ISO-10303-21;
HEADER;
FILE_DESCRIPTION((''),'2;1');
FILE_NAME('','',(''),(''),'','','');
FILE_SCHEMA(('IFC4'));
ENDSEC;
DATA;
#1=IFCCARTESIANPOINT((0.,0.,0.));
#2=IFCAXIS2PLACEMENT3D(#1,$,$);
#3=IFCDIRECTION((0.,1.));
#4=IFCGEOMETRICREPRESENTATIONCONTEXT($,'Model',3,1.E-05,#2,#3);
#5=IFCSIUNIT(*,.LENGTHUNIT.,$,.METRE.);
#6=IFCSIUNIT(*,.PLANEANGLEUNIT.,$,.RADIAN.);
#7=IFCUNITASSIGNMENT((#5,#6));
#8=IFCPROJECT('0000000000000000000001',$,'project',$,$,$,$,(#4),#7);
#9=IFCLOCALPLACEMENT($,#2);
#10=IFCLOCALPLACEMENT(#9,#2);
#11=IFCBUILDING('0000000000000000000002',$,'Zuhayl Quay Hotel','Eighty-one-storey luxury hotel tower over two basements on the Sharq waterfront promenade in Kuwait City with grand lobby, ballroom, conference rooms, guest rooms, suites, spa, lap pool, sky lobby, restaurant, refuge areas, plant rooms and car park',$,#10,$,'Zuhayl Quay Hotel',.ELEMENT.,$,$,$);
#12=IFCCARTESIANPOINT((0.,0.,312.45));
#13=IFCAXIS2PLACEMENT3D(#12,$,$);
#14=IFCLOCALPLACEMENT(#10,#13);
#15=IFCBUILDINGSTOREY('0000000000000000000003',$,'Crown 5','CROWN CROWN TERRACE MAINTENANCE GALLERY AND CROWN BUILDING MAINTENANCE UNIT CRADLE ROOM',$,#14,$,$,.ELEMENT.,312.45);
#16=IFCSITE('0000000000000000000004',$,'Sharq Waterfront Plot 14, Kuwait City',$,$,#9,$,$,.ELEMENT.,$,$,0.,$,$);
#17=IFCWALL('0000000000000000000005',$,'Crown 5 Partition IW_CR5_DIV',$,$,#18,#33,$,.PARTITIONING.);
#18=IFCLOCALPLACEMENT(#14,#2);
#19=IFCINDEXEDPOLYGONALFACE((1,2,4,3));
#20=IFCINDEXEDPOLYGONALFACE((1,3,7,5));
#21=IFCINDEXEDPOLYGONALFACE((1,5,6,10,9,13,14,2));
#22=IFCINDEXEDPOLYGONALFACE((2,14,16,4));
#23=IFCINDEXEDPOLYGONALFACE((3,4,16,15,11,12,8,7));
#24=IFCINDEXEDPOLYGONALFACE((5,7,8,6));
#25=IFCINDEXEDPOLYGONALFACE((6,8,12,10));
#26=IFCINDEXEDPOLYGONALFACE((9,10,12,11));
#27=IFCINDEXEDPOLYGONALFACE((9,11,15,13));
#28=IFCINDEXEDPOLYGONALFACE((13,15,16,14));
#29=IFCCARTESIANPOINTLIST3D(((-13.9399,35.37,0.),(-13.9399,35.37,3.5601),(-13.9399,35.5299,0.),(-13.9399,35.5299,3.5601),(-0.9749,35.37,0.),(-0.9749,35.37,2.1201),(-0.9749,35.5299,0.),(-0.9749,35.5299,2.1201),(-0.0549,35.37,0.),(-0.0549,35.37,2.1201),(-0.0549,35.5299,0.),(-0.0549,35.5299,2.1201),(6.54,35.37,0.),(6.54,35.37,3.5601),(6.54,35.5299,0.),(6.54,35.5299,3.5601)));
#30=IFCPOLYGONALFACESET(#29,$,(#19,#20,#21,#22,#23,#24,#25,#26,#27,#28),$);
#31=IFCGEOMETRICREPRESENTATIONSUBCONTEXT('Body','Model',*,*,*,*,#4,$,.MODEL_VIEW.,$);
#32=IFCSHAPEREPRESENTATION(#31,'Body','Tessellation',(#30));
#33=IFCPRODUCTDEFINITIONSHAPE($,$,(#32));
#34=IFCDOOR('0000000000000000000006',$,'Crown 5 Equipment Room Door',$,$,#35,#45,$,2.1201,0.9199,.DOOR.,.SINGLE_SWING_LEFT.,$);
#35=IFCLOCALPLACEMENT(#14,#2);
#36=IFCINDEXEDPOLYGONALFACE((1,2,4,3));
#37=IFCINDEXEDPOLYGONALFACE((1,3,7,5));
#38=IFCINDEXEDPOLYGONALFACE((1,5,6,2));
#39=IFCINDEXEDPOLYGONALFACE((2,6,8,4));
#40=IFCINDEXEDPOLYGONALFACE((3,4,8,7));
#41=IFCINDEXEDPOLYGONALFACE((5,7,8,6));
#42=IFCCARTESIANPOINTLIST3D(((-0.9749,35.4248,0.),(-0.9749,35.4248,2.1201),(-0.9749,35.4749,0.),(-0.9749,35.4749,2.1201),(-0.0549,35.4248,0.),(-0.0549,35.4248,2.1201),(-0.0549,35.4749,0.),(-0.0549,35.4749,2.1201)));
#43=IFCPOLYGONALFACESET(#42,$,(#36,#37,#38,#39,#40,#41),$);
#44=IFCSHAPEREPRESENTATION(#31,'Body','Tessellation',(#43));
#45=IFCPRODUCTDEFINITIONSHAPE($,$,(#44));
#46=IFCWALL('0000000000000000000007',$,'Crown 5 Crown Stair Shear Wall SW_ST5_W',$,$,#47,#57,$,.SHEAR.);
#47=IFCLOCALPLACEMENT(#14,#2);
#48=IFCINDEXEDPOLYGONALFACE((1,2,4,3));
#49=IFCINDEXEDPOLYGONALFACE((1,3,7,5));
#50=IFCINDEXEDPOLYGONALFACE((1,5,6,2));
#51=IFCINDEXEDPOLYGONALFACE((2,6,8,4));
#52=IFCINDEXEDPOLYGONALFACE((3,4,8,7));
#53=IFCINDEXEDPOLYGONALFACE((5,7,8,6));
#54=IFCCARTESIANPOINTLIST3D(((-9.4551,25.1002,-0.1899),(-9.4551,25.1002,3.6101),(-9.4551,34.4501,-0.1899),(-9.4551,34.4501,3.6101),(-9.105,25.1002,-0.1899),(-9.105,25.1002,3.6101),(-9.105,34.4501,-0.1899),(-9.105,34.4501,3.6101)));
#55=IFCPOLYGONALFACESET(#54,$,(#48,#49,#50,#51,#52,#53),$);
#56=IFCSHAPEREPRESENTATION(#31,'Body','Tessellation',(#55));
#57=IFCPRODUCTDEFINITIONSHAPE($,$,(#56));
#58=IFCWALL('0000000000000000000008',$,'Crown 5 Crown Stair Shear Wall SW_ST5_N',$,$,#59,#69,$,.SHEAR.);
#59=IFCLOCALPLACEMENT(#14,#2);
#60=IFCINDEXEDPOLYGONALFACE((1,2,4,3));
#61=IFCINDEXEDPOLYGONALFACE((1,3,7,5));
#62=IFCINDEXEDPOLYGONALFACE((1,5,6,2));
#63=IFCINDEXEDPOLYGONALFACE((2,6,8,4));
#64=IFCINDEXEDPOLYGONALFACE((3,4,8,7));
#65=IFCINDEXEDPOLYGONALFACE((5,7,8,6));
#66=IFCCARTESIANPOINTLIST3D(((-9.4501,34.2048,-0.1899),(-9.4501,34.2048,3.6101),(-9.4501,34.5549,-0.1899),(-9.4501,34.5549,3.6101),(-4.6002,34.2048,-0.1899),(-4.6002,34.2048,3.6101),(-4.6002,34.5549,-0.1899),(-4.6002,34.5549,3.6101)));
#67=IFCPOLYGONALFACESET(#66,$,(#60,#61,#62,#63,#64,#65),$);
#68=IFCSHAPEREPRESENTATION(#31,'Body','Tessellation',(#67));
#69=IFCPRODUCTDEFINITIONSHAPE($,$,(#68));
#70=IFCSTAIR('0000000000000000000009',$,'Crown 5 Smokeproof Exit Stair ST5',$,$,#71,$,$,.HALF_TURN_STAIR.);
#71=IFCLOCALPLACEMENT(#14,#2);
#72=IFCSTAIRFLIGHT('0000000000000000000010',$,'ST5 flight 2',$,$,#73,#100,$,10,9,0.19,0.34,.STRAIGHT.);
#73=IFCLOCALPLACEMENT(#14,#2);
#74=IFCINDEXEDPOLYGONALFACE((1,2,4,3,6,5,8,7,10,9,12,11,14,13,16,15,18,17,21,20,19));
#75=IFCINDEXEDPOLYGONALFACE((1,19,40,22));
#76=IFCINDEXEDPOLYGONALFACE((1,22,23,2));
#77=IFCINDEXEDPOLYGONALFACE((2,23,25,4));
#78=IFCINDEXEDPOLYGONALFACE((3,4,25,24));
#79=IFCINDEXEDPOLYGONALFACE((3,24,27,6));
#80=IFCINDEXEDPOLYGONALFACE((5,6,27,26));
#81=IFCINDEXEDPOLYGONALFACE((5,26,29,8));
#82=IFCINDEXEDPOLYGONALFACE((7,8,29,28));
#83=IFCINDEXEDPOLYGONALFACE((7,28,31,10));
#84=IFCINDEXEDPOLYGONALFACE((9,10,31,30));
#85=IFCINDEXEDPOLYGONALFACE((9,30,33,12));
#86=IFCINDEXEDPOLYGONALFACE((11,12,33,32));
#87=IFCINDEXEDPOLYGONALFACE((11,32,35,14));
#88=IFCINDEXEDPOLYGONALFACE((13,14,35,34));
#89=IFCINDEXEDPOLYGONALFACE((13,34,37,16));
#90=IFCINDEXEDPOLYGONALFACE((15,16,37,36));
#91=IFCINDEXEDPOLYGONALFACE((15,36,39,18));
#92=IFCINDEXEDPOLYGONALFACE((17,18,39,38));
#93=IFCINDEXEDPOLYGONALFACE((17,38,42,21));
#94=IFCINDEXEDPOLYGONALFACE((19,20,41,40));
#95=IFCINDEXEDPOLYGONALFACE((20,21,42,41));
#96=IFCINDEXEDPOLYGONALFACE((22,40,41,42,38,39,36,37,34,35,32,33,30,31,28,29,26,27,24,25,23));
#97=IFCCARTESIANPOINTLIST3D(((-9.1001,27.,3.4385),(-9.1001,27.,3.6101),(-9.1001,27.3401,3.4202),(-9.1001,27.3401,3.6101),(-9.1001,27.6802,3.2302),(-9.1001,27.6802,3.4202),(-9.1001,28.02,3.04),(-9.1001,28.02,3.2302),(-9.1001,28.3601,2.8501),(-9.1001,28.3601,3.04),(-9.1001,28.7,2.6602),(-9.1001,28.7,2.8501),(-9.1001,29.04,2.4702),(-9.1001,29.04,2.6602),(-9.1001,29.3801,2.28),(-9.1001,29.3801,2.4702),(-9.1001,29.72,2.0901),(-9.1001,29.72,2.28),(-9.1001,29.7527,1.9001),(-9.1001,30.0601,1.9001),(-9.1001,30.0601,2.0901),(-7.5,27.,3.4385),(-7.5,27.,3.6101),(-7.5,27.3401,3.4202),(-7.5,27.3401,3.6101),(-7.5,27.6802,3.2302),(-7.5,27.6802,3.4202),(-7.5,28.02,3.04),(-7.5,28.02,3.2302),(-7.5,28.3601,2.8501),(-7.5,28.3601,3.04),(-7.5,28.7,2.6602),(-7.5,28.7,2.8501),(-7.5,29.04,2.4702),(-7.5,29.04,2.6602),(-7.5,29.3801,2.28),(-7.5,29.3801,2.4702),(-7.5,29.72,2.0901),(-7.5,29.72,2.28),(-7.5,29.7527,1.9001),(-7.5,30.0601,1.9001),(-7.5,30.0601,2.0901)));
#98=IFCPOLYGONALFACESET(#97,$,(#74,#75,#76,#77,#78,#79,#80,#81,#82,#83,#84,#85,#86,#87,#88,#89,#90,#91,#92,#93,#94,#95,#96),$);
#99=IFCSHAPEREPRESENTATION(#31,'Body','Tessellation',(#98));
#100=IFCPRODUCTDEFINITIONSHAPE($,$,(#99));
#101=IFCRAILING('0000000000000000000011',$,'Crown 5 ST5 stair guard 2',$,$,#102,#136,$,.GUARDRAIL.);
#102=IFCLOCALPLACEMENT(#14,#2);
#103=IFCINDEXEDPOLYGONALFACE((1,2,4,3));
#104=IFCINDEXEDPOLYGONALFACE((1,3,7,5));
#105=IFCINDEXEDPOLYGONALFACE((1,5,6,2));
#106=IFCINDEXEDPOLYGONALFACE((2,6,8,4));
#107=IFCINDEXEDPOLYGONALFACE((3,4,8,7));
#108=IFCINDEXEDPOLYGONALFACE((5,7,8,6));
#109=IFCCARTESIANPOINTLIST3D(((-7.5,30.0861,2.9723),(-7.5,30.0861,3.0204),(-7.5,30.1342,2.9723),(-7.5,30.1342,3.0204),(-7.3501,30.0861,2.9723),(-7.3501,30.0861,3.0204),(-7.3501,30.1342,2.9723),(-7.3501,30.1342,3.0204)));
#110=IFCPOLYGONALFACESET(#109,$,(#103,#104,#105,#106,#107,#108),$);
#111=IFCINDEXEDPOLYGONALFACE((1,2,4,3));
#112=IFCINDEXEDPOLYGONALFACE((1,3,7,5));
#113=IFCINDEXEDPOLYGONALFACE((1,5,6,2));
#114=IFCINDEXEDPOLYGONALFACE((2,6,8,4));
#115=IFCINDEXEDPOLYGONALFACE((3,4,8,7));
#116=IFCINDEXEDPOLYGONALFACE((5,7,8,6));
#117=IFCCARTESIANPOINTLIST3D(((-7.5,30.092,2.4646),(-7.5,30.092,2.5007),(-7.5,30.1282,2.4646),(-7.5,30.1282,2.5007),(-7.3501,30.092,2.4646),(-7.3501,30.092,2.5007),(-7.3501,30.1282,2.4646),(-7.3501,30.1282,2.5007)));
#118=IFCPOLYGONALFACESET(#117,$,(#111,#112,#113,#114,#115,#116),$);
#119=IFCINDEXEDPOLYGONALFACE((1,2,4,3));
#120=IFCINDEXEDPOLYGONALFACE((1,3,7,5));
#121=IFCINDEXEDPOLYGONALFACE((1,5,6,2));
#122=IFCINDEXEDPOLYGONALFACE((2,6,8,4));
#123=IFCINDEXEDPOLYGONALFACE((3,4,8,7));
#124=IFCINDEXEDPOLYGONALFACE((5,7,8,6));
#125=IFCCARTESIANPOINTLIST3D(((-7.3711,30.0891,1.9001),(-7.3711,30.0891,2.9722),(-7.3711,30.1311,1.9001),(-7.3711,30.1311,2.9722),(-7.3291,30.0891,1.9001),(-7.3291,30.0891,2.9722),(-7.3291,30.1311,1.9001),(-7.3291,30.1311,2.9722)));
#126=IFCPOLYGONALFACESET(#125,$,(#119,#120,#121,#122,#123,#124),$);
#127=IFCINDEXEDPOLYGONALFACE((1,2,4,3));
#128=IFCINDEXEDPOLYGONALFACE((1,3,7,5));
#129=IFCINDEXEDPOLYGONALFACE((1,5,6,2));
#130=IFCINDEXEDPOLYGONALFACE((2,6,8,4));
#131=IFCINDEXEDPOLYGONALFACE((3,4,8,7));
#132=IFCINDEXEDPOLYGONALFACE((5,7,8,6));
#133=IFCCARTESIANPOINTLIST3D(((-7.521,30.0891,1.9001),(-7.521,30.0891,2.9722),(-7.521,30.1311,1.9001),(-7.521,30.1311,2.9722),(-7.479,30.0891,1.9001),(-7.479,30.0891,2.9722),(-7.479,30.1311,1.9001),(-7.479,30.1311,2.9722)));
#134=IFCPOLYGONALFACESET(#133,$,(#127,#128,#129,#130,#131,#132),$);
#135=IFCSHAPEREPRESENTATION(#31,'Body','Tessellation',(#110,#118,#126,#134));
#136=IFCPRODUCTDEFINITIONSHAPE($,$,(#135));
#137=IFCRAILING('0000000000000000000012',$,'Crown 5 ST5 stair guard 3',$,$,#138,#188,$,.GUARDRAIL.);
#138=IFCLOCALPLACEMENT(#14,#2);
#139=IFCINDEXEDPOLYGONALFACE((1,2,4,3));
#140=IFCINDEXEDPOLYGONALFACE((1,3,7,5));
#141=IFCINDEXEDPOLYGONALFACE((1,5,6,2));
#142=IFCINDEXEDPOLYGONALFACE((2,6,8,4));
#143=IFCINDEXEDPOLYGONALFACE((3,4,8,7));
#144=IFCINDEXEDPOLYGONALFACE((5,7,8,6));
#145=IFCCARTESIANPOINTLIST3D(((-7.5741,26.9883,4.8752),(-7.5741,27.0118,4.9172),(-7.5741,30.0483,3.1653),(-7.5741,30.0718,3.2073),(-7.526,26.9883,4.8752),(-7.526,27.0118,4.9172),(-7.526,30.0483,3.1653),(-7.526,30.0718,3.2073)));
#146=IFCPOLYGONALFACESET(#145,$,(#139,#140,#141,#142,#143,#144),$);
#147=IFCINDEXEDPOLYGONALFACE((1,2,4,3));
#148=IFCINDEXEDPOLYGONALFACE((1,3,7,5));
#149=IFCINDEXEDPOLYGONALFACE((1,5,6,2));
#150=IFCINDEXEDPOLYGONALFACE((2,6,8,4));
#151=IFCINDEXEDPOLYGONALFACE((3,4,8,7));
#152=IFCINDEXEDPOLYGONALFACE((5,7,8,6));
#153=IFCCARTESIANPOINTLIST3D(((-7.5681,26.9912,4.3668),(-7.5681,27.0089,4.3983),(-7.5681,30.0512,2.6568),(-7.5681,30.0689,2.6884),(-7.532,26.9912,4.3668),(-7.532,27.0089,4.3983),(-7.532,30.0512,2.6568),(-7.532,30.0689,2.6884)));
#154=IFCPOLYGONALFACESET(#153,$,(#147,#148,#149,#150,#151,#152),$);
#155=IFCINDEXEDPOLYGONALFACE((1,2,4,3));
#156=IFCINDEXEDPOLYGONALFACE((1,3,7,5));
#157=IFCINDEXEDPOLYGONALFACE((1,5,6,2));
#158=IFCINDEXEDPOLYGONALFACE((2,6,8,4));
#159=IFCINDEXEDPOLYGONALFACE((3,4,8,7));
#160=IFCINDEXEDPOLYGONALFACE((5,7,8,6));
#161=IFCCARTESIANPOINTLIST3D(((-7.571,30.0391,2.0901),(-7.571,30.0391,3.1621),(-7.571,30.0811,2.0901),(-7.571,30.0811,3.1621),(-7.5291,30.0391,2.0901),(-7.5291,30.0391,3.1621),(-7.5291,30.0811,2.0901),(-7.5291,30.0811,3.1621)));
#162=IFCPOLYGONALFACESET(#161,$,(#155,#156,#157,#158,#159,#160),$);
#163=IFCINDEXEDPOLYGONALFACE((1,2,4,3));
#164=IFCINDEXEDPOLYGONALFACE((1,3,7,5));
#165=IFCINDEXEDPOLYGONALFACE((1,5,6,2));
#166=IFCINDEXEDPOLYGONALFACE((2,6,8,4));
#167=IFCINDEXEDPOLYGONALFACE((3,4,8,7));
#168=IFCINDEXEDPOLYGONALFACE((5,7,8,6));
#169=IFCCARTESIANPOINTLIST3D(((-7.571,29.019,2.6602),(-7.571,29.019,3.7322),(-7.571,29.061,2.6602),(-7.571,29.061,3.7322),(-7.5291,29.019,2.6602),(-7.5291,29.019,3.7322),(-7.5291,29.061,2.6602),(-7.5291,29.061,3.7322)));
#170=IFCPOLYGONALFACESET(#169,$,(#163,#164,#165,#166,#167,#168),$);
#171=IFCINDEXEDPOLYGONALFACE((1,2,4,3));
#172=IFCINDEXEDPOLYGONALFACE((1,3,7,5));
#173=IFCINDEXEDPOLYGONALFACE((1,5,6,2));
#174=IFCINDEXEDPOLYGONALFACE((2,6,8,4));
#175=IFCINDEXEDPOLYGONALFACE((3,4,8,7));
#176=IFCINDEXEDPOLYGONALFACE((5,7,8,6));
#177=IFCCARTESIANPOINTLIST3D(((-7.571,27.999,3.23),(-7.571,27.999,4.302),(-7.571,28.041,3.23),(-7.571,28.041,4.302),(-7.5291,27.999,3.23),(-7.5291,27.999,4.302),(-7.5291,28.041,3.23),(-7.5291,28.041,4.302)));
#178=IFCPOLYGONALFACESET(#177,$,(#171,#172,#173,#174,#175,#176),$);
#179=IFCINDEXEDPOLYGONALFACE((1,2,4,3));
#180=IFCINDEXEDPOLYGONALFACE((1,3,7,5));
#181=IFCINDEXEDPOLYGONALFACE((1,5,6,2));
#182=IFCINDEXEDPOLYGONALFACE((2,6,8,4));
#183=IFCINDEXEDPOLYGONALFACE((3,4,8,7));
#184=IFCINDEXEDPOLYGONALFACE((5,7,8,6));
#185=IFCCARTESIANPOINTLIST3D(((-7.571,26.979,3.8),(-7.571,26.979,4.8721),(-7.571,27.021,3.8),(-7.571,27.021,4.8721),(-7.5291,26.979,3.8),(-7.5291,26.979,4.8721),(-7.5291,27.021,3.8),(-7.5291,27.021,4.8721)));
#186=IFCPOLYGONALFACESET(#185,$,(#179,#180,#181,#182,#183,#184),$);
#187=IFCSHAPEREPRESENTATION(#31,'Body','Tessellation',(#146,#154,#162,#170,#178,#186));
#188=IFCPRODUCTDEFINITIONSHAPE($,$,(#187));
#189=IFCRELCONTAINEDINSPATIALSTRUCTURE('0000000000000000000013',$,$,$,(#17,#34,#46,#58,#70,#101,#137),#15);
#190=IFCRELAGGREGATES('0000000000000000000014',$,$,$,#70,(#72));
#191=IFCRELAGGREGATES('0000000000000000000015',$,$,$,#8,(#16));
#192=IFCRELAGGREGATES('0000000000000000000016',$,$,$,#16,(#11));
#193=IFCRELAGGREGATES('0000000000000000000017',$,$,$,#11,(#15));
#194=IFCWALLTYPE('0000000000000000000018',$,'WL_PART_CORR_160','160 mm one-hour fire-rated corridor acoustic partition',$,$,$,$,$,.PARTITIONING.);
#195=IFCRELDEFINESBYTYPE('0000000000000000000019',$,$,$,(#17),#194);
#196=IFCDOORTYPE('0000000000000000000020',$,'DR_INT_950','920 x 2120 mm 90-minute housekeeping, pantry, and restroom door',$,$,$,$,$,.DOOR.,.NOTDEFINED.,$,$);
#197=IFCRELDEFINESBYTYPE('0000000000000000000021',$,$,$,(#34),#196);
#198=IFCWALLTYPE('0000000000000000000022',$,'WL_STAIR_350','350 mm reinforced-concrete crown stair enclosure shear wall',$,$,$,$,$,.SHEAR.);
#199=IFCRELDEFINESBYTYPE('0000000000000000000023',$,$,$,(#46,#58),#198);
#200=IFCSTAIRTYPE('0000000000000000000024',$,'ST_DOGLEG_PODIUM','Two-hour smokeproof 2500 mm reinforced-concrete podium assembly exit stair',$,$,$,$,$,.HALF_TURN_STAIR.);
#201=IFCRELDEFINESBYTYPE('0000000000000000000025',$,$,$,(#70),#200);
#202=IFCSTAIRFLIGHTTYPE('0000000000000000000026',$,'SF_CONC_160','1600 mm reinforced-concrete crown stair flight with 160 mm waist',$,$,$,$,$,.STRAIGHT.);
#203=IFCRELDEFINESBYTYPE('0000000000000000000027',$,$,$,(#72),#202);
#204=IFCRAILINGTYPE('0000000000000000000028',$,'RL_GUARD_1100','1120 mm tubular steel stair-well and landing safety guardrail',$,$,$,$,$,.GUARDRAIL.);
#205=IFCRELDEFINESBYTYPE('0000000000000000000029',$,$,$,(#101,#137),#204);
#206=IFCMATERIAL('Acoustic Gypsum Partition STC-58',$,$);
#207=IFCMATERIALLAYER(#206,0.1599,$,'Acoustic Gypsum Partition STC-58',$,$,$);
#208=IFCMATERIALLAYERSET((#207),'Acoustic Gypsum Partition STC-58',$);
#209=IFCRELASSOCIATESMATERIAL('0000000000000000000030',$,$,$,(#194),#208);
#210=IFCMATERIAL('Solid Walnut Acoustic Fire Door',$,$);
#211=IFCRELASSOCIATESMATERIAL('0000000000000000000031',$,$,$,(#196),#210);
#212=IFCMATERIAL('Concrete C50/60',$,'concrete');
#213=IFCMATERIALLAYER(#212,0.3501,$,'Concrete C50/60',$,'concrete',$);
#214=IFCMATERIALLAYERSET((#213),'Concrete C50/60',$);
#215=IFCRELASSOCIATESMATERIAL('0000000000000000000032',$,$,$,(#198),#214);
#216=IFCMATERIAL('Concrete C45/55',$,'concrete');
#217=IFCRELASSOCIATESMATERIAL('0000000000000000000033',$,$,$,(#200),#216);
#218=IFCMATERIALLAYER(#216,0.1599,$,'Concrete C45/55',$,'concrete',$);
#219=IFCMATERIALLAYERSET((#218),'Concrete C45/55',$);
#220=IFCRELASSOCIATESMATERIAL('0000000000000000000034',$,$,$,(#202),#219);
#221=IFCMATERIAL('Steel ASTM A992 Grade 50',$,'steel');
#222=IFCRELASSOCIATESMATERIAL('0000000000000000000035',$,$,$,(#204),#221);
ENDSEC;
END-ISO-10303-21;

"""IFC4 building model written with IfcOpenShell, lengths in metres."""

from ifc_helpers import new_model, si_unit, direction, frame, frame_2d, origin, origin_2d, place, context, subcontext, project, spatial, polyline, rectangle, outline, extrude, material, layer, layer_set, type_object, element, fill, aggregate, save


model = new_model("IFC4")

# Units and contexts
model_context = context("Model", 3, precision=1e-05, world=origin(), true_north=direction((0.0, 1.0)))
body_context = subcontext(model_context, "Body", "Model", "MODEL_VIEW")
ifc_project = project(units=[si_unit("LENGTHUNIT", "METRE"), si_unit("PLANEANGLEUNIT", "RADIAN")], contexts=[model_context])

# Site, building, storey
site_placement = place(None, origin())
site = spatial("IfcSite", under=ifc_project, at=site_placement, Name="Sharq Waterfront Plot 14, Kuwait City", CompositionType="ELEMENT", RefElevation=0.0)
building_placement = place(site_placement, origin())
building = spatial("IfcBuilding", under=site, at=building_placement, Name="Zuhayl Quay Hotel", Description="Eighty-one-storey luxury hotel tower over two basements on the Sharq waterfront promenade in Kuwait City with grand lobby, ballroom, conference rooms, guest rooms, suites, spa, lap pool, sky lobby, restaurant, refuge areas, plant rooms and car park", LongName="Zuhayl Quay Hotel", CompositionType="ELEMENT")
storey_placement = place(building_placement, frame((0.0, 0.0, 312.45)))
storey = spatial("IfcBuildingStorey", under=building, at=storey_placement, Name="Crown 5", Description="CROWN CROWN TERRACE MAINTENANCE GALLERY AND CROWN BUILDING MAINTENANCE UNIT CRADLE ROOM", CompositionType="ELEMENT", Elevation=312.45)

# Shared definitions
ifc_material_1 = material(Name="Steel ASTM A992 Grade 50", Category="steel")

# Wall, opening, door
ifc_material_2 = material(Name="Acoustic Gypsum Partition STC-58")
ifc_layer_1 = layer(ifc_material_2, 0.1599, Name="Acoustic Gypsum Partition STC-58")
ifc_layer_set_1 = layer_set([ifc_layer_1], Name="Acoustic Gypsum Partition STC-58")
wall_type_1 = type_object("IfcWallType", Name="WL_PART_CORR_160", Description="160 mm one-hour fire-rated corridor acoustic partition", PredefinedType="PARTITIONING", material=ifc_layer_set_1)
wall_1_placement = place(storey_placement, frame((-13.9399, 35.45, 0.0), z_axis=(0.0, 0.0, 1.0), x_axis=(1.0, 0.0, 0.0)))
wall_1 = element("IfcWall", 1, at=wall_1_placement, inside=storey, type_object=wall_type_1, Name="Crown 5 Partition IW_CR5_DIV", PredefinedType="PARTITIONING", context=body_context, shape_type="SweptSolid", body=[
    extrude(rectangle(XDim=20.48, YDim=0.1599, at=frame_2d((10.24, 0.0))), origin(), (0.0, 0.0, 1.0), 3.5601),
])
opening_placement = place(wall_1_placement, frame((12.9651, 0.0, 0.0)))
opening = element("IfcOpeningElement", 2, at=opening_placement, cuts=wall_1, PredefinedType="OPENING", context=body_context, shape_type="SweptSolid", body=[
    extrude(rectangle(XDim=0.9199, YDim=2.1201, at=frame_2d((0.46, 1.0601))), frame((0.0, 0.0898, 0.0), z_axis=(0.0, -1.0, 0.0), x_axis=(1.0, 0.0, 0.0)), (0.0, 0.0, 1.0), 0.1799),
])
ifc_material_3 = material(Name="Solid Walnut Acoustic Fire Door")
door_type = type_object("IfcDoorType", Name="DR_INT_950", Description="920 x 2120 mm 90-minute housekeeping, pantry, and restroom door", OperationType="NOTDEFINED", PredefinedType="DOOR", material=ifc_material_3)
door_placement = place(opening_placement, origin())
door = element("IfcDoor", 3, at=door_placement, inside=storey, type_object=door_type, Name="Crown 5 Equipment Room Door", OperationType="SINGLE_SWING_LEFT", OverallHeight=2.1201, OverallWidth=0.9199, PredefinedType="DOOR", context=body_context, shape_type="SweptSolid", body=[
    extrude(rectangle(XDim=0.9199, YDim=2.1201, at=frame_2d((0.46, 1.0601))), frame((0.0, 0.0249, 0.0), z_axis=(0.0, -1.0, 0.0), x_axis=(1.0, 0.0, 0.0)), (0.0, 0.0, 1.0), 0.05),
])
fill(opening, door)

# Walls
ifc_material_4 = material(Name="Concrete C50/60", Category="concrete")
ifc_layer_2 = layer(ifc_material_4, 0.3501, Name="Concrete C50/60", Category="concrete")
ifc_layer_set_2 = layer_set([ifc_layer_2], Name="Concrete C50/60")
wall_type_2 = type_object("IfcWallType", Name="WL_STAIR_350", Description="350 mm reinforced-concrete crown stair enclosure shear wall", PredefinedType="SHEAR", material=ifc_layer_set_2)
wall_2_placement = place(storey_placement, frame((-9.28, 34.45, -0.1899), z_axis=(0.0, 0.0, 1.0), x_axis=(0.0, -1.0, 0.0)))
element("IfcWall", 4, at=wall_2_placement, inside=storey, type_object=wall_type_2, Name="Crown 5 Crown Stair Shear Wall SW_ST5_W", PredefinedType="SHEAR", context=body_context, shape_type="SweptSolid", body=[
    extrude(rectangle(XDim=9.3499, YDim=0.3501, at=frame_2d((4.6748, 0.0))), origin(), (0.0, 0.0, 1.0), 3.8),
])
wall_3_placement = place(storey_placement, frame((-9.45, 34.3799, -0.1899), z_axis=(0.0, 0.0, 1.0), x_axis=(1.0, 0.0, 0.0)))
element("IfcWall", 5, at=wall_3_placement, inside=storey, type_object=wall_type_2, Name="Crown 5 Crown Stair Shear Wall SW_ST5_N", PredefinedType="SHEAR", context=body_context, shape_type="SweptSolid", body=[
    extrude(rectangle(XDim=4.8499, YDim=0.3501, at=frame_2d((2.4248, 0.0))), origin(), (0.0, 0.0, 1.0), 3.8),
])

# Stair, stair flight
ifc_material_5 = material(Name="Concrete C45/55", Category="concrete")
stair_type = type_object("IfcStairType", Name="ST_DOGLEG_PODIUM", Description="Two-hour smokeproof 2500 mm reinforced-concrete podium assembly exit stair", PredefinedType="HALF_TURN_STAIR", material=ifc_material_5)
stair_placement = place(storey_placement, origin())
stair = element("IfcStair", 6, at=stair_placement, inside=storey, type_object=stair_type, Name="Crown 5 Smokeproof Exit Stair ST5", PredefinedType="HALF_TURN_STAIR")
ifc_layer_3 = layer(ifc_material_5, 0.1599, Name="Concrete C45/55", Category="concrete")
ifc_layer_set_3 = layer_set([ifc_layer_3], Name="Concrete C45/55")
stair_flight_type = type_object("IfcStairFlightType", Name="SF_CONC_160", Description="1600 mm reinforced-concrete crown stair flight with 160 mm waist", PredefinedType="STRAIGHT", material=ifc_layer_set_3)
stair_flight_placement = place(storey_placement, frame((-8.3, 30.0601, 1.9001), z_axis=(0.0, 0.0, 1.0), x_axis=(0.0, -1.0, 0.0)))
stair_flight = element("IfcStairFlight", 7, at=stair_flight_placement, type_object=stair_flight_type, Name="ST5 flight 2", NumberOfRisers=10, NumberOfTreads=9, PredefinedType="STRAIGHT", RiserHeight=0.19, TreadLength=0.34, context=body_context, shape_type="SweptSolid", body=[
    extrude(outline(polyline([(0.0, 0.0), (0.0, 0.1899), (0.3401, 0.1899), (0.3401, 0.3799), (0.6799, 0.3799), (0.6799, 0.5701), (1.02, 0.5701), (1.02, 0.76), (1.3601, 0.76), (1.3601, 0.95), (1.7, 0.95), (1.7, 1.1399), (2.04, 1.1399), (2.04, 1.3301), (2.3799, 1.3301), (2.3799, 1.52), (2.72, 1.52), (2.72, 1.71), (3.0601, 1.71), (3.0601, 1.8999), (3.0601, 1.5383), (0.3074, 0.0), (0.0, 0.0)])), frame((0.0, 0.8, 0.0), z_axis=(0.0, -1.0, 0.0), x_axis=(1.0, 0.0, 0.0)), (0.0, 0.0, 1.0), 1.6001),
])
aggregate(stair, [stair_flight])

# Railings
railing_type_1 = type_object("IfcRailingType", Name="RL_GUARD_1100", Description="1120 mm tubular steel stair-well and landing safety guardrail", PredefinedType="GUARDRAIL", material=ifc_material_1)
railing_1_placement = place(storey_placement, frame((-7.3501, 30.1101, 1.9001)))
element("IfcRailing", 8, at=railing_1_placement, inside=storey, type_object=railing_type_1, Name="Crown 5 ST5 stair guard 2", PredefinedType="GUARDRAIL", context=body_context, shape_type="SweptSolid", body=[
    extrude(rectangle(XDim=0.0481, YDim=0.0481, at=origin_2d()), frame((0.0, 0.0, 1.0962), z_axis=(-1.0, 0.0, 0.0), x_axis=(0.0, -1.0, 0.0)), (0.0, 0.0, 1.0), 0.1499),
    extrude(rectangle(XDim=0.0361, YDim=0.0361, at=origin_2d()), frame((0.0, 0.0, 0.5825), z_axis=(-1.0, 0.0, 0.0), x_axis=(0.0, -1.0, 0.0)), (0.0, 0.0, 1.0), 0.1499),
    extrude(rectangle(XDim=0.042, YDim=0.042, at=origin_2d()), origin(), (0.0, 0.0, 1.0), 1.072),
    extrude(rectangle(XDim=0.042, YDim=0.042, at=origin_2d()), frame((-0.1499, 0.0, 0.0)), (0.0, 0.0, 1.0), 1.072),
])
railing_2_placement = place(storey_placement, frame((-7.55, 30.0601, 2.0901)))
element("IfcRailing", 9, at=railing_2_placement, inside=storey, type_object=railing_type_1, Name="Crown 5 ST5 stair guard 3", PredefinedType="GUARDRAIL", context=body_context, shape_type="SweptSolid", body=[
    extrude(rectangle(XDim=0.0481, YDim=0.0481, at=origin_2d()), frame((0.0, 0.0, 1.0962), z_axis=(0.0, -0.872952, 0.487806), x_axis=(1.0, 0.0, 0.0)), (0.0, 0.0, 1.0), 3.5054),
    extrude(rectangle(XDim=0.0361, YDim=0.0361, at=origin_2d()), frame((0.0, 0.0, 0.5825), z_axis=(0.0, -0.872952, 0.487806), x_axis=(1.0, 0.0, 0.0)), (0.0, 0.0, 1.0), 3.5054),
    extrude(rectangle(XDim=0.042, YDim=0.042, at=origin_2d()), origin(), (0.0, 0.0, 1.0), 1.072),
    extrude(rectangle(XDim=0.042, YDim=0.042, at=origin_2d()), frame((0.0, -1.02, 0.5701)), (0.0, 0.0, 1.0), 1.072),
    extrude(rectangle(XDim=0.042, YDim=0.042, at=origin_2d()), frame((0.0, -2.04, 1.1399)), (0.0, 0.0, 1.0), 1.072),
    extrude(rectangle(XDim=0.042, YDim=0.042, at=origin_2d()), frame((0.0, -3.0601, 1.71)), (0.0, 0.0, 1.0), 1.072),
])

save(model, "model.ifc")
